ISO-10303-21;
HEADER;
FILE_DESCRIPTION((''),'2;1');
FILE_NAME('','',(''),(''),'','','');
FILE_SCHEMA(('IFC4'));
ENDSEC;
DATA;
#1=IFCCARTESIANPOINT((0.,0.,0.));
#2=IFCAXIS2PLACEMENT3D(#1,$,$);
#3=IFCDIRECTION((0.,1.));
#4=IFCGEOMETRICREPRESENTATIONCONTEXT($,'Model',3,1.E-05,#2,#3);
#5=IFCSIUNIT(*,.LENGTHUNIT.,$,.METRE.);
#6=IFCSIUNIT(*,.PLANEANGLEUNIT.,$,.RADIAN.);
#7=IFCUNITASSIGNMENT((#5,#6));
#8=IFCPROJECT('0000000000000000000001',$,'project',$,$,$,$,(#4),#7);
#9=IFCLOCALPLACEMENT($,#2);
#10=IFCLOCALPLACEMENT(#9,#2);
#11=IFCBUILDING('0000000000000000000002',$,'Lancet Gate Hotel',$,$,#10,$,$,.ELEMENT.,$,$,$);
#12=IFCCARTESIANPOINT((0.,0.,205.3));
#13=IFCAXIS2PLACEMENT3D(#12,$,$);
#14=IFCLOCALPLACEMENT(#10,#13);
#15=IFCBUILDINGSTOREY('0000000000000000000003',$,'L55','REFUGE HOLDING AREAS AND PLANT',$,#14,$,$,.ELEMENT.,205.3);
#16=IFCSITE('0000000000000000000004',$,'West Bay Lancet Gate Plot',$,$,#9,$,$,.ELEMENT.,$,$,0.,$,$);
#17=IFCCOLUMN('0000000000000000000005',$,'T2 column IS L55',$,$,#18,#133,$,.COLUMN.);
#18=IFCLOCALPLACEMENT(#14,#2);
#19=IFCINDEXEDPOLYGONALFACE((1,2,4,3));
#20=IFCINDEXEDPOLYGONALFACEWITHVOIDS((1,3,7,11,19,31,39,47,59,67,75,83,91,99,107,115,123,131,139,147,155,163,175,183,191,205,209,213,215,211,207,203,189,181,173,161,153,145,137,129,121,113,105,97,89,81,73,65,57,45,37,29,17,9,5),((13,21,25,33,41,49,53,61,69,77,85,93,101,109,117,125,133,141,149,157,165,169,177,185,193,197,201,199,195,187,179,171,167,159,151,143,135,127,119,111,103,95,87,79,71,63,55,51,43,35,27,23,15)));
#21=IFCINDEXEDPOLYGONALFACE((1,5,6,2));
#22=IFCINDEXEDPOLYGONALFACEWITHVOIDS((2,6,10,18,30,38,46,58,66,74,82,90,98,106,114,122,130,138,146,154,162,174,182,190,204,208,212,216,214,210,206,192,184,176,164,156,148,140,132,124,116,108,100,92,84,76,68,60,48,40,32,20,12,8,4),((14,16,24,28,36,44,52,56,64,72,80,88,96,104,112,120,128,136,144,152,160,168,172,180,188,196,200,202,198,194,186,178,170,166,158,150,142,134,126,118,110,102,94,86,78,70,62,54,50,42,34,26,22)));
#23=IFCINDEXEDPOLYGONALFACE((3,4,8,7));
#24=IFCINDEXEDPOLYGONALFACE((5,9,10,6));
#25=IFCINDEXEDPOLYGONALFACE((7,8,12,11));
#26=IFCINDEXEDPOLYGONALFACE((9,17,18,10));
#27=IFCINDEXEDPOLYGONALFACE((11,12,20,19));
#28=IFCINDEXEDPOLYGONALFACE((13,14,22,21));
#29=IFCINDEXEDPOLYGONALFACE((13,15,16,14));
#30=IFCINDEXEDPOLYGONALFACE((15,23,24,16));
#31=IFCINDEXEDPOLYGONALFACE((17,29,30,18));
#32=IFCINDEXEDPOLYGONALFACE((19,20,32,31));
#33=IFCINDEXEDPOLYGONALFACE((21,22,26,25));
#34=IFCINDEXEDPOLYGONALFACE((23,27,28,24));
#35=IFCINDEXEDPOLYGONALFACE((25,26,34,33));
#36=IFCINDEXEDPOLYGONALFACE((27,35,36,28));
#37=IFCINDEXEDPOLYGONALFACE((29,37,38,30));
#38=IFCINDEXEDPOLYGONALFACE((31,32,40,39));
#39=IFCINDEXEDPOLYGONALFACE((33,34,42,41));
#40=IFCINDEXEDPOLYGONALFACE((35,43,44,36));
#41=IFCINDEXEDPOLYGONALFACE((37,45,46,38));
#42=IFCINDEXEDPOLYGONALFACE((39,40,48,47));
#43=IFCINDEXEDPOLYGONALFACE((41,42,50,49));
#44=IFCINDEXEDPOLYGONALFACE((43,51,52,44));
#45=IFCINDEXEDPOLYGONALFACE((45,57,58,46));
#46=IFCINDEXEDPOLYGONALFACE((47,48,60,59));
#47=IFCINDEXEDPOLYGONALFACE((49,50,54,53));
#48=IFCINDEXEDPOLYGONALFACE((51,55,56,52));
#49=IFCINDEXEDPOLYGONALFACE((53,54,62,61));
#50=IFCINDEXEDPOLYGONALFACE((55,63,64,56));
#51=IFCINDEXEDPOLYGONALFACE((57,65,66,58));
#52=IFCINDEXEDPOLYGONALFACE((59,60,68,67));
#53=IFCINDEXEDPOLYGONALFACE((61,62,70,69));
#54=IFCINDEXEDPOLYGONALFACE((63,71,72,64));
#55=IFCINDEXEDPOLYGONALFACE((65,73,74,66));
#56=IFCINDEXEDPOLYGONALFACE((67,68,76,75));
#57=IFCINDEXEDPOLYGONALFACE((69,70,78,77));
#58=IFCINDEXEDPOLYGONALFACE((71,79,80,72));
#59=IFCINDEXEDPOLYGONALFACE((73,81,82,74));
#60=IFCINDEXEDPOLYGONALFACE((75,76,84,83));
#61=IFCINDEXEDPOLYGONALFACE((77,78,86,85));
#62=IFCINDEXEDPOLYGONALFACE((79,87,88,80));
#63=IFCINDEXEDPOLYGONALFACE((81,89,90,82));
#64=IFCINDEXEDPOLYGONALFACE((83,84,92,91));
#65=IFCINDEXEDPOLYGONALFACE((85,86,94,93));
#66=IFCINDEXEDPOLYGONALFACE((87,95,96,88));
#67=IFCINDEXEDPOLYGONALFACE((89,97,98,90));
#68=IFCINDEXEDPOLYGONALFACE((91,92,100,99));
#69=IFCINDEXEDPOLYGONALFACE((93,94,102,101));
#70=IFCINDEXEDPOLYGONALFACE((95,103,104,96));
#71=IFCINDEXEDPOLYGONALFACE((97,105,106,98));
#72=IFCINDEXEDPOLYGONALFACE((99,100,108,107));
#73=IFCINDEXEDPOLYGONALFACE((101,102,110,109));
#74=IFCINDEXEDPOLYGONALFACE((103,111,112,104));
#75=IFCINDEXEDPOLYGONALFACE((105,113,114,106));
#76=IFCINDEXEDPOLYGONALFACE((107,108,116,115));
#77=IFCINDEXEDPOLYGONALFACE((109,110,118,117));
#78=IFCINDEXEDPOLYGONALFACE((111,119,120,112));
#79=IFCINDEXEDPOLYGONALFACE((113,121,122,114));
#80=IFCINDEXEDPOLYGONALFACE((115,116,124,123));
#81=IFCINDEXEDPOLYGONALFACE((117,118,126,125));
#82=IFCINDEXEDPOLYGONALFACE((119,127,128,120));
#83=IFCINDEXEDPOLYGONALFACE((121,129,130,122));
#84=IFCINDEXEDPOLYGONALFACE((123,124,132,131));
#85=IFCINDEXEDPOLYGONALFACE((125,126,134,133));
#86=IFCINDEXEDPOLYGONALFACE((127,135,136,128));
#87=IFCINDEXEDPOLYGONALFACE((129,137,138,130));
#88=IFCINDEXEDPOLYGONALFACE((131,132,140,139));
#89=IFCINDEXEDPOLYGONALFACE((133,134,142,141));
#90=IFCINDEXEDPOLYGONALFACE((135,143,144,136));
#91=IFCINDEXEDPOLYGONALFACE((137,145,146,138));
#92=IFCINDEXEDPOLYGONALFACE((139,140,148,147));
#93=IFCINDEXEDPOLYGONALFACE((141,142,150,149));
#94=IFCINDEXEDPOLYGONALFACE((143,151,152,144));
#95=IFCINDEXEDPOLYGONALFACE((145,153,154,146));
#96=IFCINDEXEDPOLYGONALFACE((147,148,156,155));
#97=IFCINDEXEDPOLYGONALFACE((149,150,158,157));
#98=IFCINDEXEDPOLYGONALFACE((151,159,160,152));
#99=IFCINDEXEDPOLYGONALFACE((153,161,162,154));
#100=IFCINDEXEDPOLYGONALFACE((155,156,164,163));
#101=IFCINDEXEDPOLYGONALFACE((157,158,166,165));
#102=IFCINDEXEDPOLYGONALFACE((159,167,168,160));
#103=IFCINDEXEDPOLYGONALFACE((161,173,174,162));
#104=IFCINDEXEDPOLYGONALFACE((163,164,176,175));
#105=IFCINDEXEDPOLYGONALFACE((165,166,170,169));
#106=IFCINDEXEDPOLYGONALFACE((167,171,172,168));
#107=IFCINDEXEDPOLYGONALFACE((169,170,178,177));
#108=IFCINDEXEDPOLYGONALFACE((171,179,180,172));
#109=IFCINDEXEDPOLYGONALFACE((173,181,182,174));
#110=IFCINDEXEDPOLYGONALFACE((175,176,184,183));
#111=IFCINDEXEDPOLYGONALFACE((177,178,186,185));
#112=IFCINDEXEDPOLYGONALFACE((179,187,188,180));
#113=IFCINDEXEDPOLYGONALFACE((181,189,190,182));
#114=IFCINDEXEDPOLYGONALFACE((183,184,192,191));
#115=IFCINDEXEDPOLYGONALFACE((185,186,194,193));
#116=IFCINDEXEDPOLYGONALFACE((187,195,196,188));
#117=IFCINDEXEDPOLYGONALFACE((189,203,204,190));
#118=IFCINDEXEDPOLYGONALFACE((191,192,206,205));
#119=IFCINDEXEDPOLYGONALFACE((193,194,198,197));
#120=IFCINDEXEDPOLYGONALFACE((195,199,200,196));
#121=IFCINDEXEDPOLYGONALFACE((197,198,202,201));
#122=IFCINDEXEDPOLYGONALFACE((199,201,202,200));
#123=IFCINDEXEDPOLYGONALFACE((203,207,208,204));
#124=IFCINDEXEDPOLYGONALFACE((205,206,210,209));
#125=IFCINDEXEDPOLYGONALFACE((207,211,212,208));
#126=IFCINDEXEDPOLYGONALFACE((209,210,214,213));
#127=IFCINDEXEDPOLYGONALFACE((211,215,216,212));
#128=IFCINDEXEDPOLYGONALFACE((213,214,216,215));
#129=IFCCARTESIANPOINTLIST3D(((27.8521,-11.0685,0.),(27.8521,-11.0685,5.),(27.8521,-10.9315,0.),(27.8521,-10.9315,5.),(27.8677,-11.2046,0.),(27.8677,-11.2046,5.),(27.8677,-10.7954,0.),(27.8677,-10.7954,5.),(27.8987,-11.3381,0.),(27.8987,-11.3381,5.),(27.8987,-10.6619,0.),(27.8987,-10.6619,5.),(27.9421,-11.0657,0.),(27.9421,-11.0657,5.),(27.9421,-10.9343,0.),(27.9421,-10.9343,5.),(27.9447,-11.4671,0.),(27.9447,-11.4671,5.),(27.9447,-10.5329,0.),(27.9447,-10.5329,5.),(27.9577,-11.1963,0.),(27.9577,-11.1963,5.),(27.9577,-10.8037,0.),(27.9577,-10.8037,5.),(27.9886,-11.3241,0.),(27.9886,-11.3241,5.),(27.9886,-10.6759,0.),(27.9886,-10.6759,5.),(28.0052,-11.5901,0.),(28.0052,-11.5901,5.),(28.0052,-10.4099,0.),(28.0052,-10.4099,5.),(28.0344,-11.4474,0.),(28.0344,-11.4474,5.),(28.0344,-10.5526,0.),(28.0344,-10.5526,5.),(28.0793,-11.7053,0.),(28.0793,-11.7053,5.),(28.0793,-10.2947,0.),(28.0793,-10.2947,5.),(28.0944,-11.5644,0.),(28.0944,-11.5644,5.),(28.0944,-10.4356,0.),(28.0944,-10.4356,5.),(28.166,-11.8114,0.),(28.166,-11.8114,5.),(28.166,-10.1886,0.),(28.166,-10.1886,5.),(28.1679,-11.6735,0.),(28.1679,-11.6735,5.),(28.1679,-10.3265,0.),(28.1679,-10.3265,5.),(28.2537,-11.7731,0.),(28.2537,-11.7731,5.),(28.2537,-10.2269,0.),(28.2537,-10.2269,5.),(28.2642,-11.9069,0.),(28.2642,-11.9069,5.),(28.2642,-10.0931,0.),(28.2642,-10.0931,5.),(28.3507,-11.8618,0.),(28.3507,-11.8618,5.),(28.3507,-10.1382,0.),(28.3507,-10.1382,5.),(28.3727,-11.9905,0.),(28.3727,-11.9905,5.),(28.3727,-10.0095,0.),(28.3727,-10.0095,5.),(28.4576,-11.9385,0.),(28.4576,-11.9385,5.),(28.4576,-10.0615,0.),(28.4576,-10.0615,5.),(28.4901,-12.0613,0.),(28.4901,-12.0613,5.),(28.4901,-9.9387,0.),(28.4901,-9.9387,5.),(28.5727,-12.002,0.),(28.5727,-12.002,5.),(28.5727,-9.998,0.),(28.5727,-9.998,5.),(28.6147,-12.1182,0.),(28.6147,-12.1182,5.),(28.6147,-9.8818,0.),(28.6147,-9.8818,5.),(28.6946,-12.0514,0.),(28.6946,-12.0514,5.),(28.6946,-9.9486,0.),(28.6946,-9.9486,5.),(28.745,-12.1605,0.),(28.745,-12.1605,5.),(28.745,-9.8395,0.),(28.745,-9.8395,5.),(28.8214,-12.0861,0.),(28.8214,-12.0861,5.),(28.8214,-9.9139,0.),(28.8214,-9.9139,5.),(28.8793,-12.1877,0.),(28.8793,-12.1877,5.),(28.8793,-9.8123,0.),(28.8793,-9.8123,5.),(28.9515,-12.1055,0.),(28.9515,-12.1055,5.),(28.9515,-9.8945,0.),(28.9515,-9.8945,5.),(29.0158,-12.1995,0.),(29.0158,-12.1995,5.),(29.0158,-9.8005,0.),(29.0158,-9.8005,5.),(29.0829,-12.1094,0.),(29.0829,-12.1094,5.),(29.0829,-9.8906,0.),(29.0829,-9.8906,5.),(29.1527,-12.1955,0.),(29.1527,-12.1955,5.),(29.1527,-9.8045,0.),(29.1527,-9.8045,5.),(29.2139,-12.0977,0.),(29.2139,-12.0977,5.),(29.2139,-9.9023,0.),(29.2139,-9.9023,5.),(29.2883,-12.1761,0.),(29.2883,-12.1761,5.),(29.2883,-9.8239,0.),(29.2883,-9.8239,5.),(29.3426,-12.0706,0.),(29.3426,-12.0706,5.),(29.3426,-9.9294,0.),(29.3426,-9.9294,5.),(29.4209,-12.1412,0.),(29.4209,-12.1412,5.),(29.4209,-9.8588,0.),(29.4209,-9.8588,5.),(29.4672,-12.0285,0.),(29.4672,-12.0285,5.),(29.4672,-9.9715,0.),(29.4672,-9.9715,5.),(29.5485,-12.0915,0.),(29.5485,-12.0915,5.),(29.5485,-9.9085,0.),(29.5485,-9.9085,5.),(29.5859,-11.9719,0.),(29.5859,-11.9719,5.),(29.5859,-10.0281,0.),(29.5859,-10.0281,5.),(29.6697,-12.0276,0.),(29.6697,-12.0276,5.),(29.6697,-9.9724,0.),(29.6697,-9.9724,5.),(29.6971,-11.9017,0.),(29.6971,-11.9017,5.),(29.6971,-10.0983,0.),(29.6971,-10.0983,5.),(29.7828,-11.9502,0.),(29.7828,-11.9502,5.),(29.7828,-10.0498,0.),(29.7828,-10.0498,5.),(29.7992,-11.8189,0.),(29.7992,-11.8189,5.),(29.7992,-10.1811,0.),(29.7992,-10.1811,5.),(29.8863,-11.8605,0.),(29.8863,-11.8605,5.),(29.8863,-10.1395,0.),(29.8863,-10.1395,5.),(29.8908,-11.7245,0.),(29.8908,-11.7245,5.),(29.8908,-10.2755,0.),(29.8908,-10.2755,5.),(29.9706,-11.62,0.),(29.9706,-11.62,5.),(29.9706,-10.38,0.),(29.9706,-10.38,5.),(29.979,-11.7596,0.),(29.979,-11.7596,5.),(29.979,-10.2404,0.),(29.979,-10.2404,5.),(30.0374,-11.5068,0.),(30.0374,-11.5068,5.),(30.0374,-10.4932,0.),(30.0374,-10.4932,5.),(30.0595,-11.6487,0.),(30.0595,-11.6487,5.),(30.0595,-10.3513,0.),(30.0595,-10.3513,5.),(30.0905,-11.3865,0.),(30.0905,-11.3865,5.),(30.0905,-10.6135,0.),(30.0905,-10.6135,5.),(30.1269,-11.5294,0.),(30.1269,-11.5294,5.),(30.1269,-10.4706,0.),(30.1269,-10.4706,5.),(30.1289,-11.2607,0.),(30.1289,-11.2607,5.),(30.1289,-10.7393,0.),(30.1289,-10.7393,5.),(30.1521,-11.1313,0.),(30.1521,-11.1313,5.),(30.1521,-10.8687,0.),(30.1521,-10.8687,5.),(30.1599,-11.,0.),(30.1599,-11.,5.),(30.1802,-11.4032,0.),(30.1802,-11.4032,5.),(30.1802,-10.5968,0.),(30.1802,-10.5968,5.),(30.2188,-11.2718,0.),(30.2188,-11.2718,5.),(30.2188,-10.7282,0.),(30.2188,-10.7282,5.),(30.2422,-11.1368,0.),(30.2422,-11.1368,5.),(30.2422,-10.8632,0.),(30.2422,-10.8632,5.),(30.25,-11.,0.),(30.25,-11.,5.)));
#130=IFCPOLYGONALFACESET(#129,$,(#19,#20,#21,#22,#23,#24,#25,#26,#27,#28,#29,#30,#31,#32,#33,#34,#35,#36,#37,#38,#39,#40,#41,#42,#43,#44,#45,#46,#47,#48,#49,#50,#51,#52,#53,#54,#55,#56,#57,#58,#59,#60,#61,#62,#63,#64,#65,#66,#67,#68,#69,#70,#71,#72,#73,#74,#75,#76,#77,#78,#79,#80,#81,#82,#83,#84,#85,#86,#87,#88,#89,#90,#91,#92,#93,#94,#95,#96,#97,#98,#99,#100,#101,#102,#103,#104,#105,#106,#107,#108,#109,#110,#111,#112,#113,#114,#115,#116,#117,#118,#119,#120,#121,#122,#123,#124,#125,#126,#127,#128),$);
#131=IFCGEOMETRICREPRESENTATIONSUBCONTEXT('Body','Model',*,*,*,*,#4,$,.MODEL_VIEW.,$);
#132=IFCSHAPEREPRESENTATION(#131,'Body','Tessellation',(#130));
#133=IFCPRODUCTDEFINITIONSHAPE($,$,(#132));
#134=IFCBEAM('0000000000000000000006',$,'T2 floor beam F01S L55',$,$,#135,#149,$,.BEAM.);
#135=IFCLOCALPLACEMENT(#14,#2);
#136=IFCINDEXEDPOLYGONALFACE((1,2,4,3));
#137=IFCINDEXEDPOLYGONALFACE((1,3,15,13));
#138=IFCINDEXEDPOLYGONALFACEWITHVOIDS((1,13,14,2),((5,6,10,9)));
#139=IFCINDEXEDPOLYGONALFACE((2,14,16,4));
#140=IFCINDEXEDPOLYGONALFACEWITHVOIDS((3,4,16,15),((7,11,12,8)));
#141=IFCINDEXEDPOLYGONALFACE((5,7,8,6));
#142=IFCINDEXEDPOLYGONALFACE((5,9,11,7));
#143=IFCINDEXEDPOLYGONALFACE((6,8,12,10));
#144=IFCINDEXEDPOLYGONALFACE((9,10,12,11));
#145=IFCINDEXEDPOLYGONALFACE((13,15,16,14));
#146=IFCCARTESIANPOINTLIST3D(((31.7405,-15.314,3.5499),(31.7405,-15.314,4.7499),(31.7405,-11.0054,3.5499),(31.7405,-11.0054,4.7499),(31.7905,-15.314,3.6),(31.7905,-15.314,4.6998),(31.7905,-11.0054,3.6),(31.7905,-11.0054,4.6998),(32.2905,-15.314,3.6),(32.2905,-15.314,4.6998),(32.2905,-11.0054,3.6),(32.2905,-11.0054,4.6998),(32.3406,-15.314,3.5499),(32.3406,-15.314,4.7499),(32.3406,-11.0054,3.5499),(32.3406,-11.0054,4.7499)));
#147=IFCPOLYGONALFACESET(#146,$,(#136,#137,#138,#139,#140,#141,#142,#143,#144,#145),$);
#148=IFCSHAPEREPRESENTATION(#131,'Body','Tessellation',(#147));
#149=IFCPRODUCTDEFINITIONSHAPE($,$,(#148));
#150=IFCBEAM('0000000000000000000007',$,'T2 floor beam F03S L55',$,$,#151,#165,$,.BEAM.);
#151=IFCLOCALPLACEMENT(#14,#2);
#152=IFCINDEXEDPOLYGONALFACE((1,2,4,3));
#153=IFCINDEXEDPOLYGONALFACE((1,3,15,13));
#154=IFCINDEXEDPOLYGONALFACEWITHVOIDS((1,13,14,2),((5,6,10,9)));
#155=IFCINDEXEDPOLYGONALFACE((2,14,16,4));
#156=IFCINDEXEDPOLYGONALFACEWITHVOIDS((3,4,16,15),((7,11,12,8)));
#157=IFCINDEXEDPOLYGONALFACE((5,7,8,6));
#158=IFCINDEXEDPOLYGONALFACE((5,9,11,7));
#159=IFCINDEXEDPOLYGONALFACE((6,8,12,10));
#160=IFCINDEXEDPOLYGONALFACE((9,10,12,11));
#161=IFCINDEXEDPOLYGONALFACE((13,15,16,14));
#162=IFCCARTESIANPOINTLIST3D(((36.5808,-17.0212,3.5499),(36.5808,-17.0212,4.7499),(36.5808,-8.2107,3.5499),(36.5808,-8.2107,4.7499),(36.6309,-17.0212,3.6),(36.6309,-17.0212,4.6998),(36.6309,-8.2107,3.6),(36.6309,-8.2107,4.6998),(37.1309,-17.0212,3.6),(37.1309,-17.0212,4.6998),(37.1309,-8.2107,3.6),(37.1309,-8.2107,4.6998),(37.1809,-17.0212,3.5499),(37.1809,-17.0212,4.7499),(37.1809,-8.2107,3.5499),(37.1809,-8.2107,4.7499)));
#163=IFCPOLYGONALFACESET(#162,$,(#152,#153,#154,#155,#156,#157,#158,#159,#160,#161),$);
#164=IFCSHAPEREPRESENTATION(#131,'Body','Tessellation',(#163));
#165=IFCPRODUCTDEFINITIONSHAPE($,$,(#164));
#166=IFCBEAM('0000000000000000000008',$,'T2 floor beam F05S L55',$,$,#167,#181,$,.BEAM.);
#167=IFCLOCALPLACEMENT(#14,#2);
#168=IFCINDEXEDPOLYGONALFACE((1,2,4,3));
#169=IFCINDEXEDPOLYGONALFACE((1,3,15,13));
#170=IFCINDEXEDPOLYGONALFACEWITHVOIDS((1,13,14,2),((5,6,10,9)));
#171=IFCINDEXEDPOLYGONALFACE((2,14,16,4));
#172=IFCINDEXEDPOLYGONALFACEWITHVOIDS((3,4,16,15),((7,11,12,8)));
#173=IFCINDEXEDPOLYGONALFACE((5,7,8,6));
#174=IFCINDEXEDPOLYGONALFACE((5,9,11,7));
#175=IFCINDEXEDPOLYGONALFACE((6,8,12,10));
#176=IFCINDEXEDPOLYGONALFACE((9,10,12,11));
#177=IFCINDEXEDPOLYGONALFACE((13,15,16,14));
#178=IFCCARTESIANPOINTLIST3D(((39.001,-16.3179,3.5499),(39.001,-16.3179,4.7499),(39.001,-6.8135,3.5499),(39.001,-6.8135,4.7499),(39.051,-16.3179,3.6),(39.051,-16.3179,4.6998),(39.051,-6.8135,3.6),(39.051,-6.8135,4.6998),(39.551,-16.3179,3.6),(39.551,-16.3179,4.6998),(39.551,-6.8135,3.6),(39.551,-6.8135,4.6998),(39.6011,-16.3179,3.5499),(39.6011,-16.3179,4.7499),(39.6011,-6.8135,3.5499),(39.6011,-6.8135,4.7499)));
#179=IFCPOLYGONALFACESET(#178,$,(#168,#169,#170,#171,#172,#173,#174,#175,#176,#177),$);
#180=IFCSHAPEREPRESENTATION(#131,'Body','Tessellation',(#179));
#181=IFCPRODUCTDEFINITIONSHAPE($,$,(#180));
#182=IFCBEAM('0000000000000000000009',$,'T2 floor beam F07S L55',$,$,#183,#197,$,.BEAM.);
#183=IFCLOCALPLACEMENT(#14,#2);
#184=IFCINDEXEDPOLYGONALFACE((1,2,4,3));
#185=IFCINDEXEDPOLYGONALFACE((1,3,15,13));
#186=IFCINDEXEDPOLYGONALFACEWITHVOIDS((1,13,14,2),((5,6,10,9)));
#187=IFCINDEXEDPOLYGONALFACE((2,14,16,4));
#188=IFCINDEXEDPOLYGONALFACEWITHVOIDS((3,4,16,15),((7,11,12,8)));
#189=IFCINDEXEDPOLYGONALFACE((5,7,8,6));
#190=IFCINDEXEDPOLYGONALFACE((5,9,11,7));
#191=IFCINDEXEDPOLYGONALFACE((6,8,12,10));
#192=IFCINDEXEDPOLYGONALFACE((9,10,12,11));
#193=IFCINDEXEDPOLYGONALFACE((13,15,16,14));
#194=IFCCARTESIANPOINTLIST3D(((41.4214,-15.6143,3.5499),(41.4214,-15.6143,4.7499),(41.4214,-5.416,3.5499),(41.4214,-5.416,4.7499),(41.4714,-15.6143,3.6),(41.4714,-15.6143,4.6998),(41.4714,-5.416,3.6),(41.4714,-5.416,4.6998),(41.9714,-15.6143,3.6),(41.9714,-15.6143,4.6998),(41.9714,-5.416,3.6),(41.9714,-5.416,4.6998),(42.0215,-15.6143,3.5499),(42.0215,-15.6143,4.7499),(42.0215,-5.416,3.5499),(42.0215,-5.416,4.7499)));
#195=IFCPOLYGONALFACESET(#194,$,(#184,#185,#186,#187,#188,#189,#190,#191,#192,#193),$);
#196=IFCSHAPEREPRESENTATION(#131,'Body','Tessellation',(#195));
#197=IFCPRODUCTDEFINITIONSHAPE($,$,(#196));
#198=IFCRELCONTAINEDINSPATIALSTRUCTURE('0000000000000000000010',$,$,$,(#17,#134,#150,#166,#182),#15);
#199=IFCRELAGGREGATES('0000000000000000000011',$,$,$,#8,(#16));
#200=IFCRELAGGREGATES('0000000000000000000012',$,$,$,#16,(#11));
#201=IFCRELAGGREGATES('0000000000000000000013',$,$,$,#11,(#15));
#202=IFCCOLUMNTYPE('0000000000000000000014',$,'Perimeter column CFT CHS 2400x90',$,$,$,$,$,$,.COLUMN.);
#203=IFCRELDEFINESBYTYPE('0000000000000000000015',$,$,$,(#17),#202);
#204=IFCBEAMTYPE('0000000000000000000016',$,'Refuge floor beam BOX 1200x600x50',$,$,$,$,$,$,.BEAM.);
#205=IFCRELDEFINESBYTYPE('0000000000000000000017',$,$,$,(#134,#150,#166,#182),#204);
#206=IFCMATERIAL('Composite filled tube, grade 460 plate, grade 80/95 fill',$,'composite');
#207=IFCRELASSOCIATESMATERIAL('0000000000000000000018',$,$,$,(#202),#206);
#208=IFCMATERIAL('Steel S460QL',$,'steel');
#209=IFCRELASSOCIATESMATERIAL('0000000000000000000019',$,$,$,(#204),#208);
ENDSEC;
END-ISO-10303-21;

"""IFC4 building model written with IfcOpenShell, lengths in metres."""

from ifc_helpers import new_model, si_unit, direction, frame, origin, origin_2d, place, context, subcontext, project, spatial, hollow_rectangle, hollow_circle, extrude, material, material_profile, profile_set, type_object, element, save


model = new_model("IFC4")

# Units and contexts
model_context = context("Model", 3, precision=1e-05, world=origin(), true_north=direction((0.0, 1.0)))
body_context = subcontext(model_context, "Body", "Model", "MODEL_VIEW")
ifc_project = project(units=[si_unit("LENGTHUNIT", "METRE"), si_unit("PLANEANGLEUNIT", "RADIAN")], contexts=[model_context])

# Site, building, storey
site_placement = place(None, origin())
site = spatial("IfcSite", under=ifc_project, at=site_placement, Name="West Bay Lancet Gate Plot", CompositionType="ELEMENT", RefElevation=0.0)
building_placement = place(site_placement, origin())
building = spatial("IfcBuilding", under=site, at=building_placement, Name="Lancet Gate Hotel", CompositionType="ELEMENT")
storey_placement = place(building_placement, frame((0.0, 0.0, 205.3)))
storey = spatial("IfcBuildingStorey", under=building, at=storey_placement, Name="L55", Description="REFUGE HOLDING AREAS AND PLANT", CompositionType="ELEMENT", Elevation=205.3)

# Column
ifc_material_1 = material(Name="Composite filled tube, grade 460 plate, grade 80/95 fill", Category="composite")
ifc_material_profile_1 = material_profile(ifc_material_1, hollow_circle(Radius=1.2, WallThickness=0.0901, at=origin_2d()), Name="CHS 2400x90")
ifc_profile_set_1 = profile_set([ifc_material_profile_1], Name="Composite filled tube, grade 460 plate, grade 80/95 fill")
column_type = type_object("IfcColumnType", Name="Perimeter column CFT CHS 2400x90", PredefinedType="COLUMN", material=ifc_profile_set_1)
column_placement = place(storey_placement, frame((29.05, -11.0, 0.0), z_axis=(0.0, 0.0, 1.0), x_axis=(1.0, 0.0, 0.0)))
element("IfcColumn", 1, at=column_placement, inside=storey, type_object=column_type, Name="T2 column IS L55", PredefinedType="COLUMN", context=body_context, shape_type="SweptSolid", body=[
    extrude(hollow_circle(Radius=1.2, WallThickness=0.0901, at=origin_2d()), origin(), (0.0, 0.0, 1.0), 5.0),
])

# Beams
ifc_material_2 = material(Name="Steel S460QL", Category="steel")
ifc_material_profile_2 = material_profile(ifc_material_2, hollow_rectangle(XDim=0.6001, YDim=1.2, WallThickness=0.05, at=origin_2d()), Name="BOX 1200x600x50")
ifc_profile_set_2 = profile_set([ifc_material_profile_2], Name="Steel S460QL")
beam_type_1 = type_object("IfcBeamType", Name="Refuge floor beam BOX 1200x600x50", PredefinedType="BEAM", material=ifc_profile_set_2)
beam_1_placement = place(storey_placement, frame((32.0405, -15.314, 4.1499), z_axis=(0.0, 1.0, 0.0), x_axis=(-1.0, 0.0, 0.0)))
element("IfcBeam", 2, at=beam_1_placement, inside=storey, type_object=beam_type_1, Name="T2 floor beam F01S L55", PredefinedType="BEAM", context=body_context, shape_type="SweptSolid", body=[
    extrude(hollow_rectangle(XDim=0.6001, YDim=1.2, WallThickness=0.05, at=origin_2d()), origin(), (0.0, 0.0, 1.0), 4.3086),
])
beam_2_placement = place(storey_placement, frame((36.8809, -17.0212, 4.1499), z_axis=(0.0, 1.0, 0.0), x_axis=(-1.0, 0.0, 0.0)))
element("IfcBeam", 3, at=beam_2_placement, inside=storey, type_object=beam_type_1, Name="T2 floor beam F03S L55", PredefinedType="BEAM", context=body_context, shape_type="SweptSolid", body=[
    extrude(hollow_rectangle(XDim=0.6001, YDim=1.2, WallThickness=0.05, at=origin_2d()), origin(), (0.0, 0.0, 1.0), 8.8105),
])
beam_3_placement = place(storey_placement, frame((39.301, -16.3179, 4.1499), z_axis=(0.0, 1.0, 0.0), x_axis=(-1.0, 0.0, 0.0)))
element("IfcBeam", 4, at=beam_3_placement, inside=storey, type_object=beam_type_1, Name="T2 floor beam F05S L55", PredefinedType="BEAM", context=body_context, shape_type="SweptSolid", body=[
    extrude(hollow_rectangle(XDim=0.6001, YDim=1.2, WallThickness=0.05, at=origin_2d()), origin(), (0.0, 0.0, 1.0), 9.5044),
])
beam_4_placement = place(storey_placement, frame((41.7214, -15.6143, 4.1499), z_axis=(0.0, 1.0, 0.0), x_axis=(-1.0, 0.0, 0.0)))
element("IfcBeam", 5, at=beam_4_placement, inside=storey, type_object=beam_type_1, Name="T2 floor beam F07S L55", PredefinedType="BEAM", context=body_context, shape_type="SweptSolid", body=[
    extrude(hollow_rectangle(XDim=0.6001, YDim=1.2, WallThickness=0.05, at=origin_2d()), origin(), (0.0, 0.0, 1.0), 10.1982),
])

save(model, "model.ifc")
